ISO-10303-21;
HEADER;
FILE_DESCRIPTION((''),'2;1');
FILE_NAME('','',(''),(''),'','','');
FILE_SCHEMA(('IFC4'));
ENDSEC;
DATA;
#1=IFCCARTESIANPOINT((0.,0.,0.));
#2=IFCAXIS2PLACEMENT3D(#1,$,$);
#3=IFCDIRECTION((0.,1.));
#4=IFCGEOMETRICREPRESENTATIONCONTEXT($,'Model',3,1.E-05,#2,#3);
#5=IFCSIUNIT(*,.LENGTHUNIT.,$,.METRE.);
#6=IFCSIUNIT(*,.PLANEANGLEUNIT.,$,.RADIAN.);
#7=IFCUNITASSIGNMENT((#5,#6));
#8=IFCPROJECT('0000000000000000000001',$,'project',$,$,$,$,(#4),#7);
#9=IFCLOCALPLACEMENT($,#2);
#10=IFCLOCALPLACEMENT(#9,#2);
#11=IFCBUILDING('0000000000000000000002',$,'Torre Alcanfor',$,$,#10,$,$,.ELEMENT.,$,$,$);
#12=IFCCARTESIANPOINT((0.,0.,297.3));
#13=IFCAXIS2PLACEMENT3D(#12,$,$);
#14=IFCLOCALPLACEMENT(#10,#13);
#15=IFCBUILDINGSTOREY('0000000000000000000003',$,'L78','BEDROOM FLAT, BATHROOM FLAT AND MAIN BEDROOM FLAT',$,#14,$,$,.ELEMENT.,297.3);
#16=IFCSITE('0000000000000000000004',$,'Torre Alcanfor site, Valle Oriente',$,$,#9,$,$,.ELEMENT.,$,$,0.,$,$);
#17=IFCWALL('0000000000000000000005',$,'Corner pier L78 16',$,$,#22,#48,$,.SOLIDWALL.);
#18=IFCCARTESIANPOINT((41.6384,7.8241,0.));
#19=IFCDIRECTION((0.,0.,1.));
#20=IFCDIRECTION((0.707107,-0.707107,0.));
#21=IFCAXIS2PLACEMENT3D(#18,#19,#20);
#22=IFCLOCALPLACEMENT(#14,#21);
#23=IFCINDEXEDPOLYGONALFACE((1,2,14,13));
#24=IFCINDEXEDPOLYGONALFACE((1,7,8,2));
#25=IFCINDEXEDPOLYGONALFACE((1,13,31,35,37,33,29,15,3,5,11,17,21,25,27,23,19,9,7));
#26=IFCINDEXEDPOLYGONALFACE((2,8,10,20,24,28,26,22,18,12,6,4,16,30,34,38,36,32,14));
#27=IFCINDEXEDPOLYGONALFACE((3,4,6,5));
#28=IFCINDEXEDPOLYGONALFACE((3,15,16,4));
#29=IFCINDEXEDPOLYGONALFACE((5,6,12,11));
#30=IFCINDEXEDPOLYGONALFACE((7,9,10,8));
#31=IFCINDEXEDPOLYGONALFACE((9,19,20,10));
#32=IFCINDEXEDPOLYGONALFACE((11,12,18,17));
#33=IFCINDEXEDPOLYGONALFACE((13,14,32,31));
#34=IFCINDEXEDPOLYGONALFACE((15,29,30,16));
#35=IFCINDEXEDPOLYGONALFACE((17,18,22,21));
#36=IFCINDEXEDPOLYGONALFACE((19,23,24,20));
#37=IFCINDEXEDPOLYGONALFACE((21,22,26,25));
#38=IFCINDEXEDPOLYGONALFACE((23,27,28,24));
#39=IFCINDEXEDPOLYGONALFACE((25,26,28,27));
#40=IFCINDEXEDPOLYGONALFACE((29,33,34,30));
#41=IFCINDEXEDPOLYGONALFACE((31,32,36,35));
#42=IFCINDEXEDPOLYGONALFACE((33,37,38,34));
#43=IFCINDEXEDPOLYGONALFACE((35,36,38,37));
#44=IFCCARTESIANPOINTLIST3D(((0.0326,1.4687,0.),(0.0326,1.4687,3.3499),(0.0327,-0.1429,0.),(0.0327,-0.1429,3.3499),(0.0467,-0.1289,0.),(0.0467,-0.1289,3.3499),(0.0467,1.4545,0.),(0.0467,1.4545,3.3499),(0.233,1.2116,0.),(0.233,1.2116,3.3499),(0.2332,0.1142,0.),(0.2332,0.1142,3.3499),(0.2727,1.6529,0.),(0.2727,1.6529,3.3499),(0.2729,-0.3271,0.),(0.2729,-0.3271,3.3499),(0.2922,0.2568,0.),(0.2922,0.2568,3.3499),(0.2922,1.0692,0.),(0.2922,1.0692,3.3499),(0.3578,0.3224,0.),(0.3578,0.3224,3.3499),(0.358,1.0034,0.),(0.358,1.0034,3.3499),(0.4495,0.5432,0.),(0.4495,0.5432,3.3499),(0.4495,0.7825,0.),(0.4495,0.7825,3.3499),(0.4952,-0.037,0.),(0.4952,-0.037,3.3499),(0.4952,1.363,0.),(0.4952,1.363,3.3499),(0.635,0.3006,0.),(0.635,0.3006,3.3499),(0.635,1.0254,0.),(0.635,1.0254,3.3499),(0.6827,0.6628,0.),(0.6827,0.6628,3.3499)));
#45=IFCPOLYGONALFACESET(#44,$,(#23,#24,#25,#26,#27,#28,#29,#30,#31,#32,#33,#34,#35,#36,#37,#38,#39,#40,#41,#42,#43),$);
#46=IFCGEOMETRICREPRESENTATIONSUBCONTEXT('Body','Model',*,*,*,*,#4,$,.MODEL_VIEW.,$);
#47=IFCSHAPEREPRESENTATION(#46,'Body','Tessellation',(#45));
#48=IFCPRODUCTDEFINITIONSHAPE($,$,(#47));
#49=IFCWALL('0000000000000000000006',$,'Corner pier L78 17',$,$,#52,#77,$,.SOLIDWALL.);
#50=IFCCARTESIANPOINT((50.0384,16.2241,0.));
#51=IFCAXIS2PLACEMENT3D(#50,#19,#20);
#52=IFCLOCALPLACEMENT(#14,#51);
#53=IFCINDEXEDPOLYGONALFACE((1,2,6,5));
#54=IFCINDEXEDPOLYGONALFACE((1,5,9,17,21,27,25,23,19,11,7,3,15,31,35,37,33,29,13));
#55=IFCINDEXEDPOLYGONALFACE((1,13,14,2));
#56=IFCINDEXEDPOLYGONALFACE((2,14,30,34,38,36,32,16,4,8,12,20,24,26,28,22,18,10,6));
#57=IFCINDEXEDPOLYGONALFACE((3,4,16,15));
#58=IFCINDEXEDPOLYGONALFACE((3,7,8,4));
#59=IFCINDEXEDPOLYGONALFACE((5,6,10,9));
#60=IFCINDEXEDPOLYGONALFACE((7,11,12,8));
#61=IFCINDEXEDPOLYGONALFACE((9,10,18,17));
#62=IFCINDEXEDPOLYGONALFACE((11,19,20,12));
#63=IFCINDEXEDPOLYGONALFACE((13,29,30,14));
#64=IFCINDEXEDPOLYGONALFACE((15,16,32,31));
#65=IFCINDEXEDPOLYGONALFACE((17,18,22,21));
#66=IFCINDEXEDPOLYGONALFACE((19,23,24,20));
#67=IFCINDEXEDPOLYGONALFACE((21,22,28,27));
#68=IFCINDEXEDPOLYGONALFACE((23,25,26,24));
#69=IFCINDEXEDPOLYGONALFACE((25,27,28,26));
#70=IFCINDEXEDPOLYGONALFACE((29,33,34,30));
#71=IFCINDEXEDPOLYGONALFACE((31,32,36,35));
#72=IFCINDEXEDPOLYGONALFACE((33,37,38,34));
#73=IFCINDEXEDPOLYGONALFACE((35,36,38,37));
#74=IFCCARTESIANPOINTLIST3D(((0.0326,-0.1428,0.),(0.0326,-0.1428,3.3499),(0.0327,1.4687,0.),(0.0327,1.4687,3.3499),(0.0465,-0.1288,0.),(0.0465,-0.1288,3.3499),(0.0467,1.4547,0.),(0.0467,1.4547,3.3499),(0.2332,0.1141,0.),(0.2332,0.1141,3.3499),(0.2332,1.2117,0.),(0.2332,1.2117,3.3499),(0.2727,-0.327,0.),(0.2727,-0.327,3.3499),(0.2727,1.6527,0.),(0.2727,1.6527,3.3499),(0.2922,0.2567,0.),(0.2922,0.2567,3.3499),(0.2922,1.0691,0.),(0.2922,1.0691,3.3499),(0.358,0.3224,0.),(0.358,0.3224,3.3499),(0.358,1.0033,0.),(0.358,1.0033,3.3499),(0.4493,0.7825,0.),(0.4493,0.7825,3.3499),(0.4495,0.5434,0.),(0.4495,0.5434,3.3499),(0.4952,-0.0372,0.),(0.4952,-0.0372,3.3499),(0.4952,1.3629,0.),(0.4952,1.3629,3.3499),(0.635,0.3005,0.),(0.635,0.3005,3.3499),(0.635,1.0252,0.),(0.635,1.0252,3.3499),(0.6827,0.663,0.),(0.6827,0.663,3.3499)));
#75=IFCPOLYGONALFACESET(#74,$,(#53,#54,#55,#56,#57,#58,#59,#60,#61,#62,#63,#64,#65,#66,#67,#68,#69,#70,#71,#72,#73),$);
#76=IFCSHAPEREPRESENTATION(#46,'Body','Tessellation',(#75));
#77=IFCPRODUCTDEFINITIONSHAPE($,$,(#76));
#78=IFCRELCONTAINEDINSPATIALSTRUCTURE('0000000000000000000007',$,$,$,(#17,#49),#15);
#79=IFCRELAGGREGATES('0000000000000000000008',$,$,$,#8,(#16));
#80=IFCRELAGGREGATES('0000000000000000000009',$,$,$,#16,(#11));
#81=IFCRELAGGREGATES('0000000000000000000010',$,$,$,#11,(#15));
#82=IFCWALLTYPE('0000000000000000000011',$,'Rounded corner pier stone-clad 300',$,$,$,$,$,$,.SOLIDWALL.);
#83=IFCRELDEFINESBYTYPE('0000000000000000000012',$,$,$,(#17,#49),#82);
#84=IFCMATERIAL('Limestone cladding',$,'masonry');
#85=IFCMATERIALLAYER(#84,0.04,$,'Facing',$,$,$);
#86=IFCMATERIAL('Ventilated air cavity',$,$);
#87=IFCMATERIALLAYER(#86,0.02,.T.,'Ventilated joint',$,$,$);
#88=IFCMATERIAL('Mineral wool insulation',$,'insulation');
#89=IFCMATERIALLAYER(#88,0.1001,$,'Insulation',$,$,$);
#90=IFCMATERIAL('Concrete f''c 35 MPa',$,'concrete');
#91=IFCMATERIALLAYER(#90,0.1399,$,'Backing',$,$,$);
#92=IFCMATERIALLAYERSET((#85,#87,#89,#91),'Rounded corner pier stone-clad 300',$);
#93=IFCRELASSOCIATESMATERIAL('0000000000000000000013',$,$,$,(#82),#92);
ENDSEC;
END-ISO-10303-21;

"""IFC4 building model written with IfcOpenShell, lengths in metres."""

from ifc_helpers import new_model, si_unit, direction, frame, origin, place, context, subcontext, project, spatial, polyline, outline, extrude, material, layer, layer_set, type_object, element, save


model = new_model("IFC4")

# Units and contexts
model_context = context("Model", 3, precision=1e-05, world=origin(), true_north=direction((0.0, 1.0)))
body_context = subcontext(model_context, "Body", "Model", "MODEL_VIEW")
ifc_project = project(units=[si_unit("LENGTHUNIT", "METRE"), si_unit("PLANEANGLEUNIT", "RADIAN")], contexts=[model_context])

# Site, building, storey
site_placement = place(None, origin())
site = spatial("IfcSite", under=ifc_project, at=site_placement, Name="Torre Alcanfor site, Valle Oriente", CompositionType="ELEMENT", RefElevation=0.0)
building_placement = place(site_placement, origin())
building = spatial("IfcBuilding", under=site, at=building_placement, Name="Torre Alcanfor", CompositionType="ELEMENT")
storey_placement = place(building_placement, frame((0.0, 0.0, 297.3)))
storey = spatial("IfcBuildingStorey", under=building, at=storey_placement, Name="L78", Description="BEDROOM FLAT, BATHROOM FLAT AND MAIN BEDROOM FLAT", CompositionType="ELEMENT", Elevation=297.3)

# Shared definitions
ifc_material_1 = material(Name="Limestone cladding", Category="masonry")
ifc_material_2 = material(Name="Ventilated air cavity")
ifc_material_3 = material(Name="Mineral wool insulation", Category="insulation")
ifc_material_4 = material(Name="Concrete f'c 35 MPa", Category="concrete")

# Walls
ifc_layer_1 = layer(ifc_material_1, 0.04, Name="Facing")
ifc_layer_2 = layer(ifc_material_2, 0.02, ventilated=True, Name="Ventilated joint")
ifc_layer_3 = layer(ifc_material_3, 0.1001, Name="Insulation")
ifc_layer_4 = layer(ifc_material_4, 0.1399, Name="Backing")
ifc_layer_set_1 = layer_set([ifc_layer_1, ifc_layer_2, ifc_layer_3, ifc_layer_4], Name="Rounded corner pier stone-clad 300")
wall_type_1 = type_object("IfcWallType", Name="Rounded corner pier stone-clad 300", PredefinedType="SOLIDWALL", material=ifc_layer_set_1)
wall_1_placement = place(storey_placement, frame((41.6384, 7.8241, 0.0), z_axis=(0.0, 0.0, 1.0), x_axis=(0.707107, -0.707107, 0.0)))
element("IfcWall", 1, at=wall_1_placement, inside=storey, type_object=wall_type_1, Name="Corner pier L78 16", PredefinedType="SOLIDWALL", context=body_context, shape_type="SweptSolid", body=[
    extrude(outline(polyline([(0.0326, 1.4687), (0.0467, 1.4545), (0.233, 1.2116), (0.2922, 1.0692), (0.358, 1.0034), (0.4495, 0.7825), (0.4495, 0.5432), (0.3578, 0.3224), (0.2922, 0.2568), (0.2332, 0.1142), (0.0467, -0.1289), (0.0327, -0.1429), (0.2729, -0.3271), (0.4952, -0.037), (0.635, 0.3006), (0.6827, 0.6628), (0.635, 1.0254), (0.4952, 1.363), (0.2727, 1.6529), (0.0326, 1.4687)])), origin(), (0.0, 0.0, 1.0), 3.3499),
])
wall_2_placement = place(storey_placement, frame((50.0384, 16.2241, 0.0), z_axis=(0.0, 0.0, 1.0), x_axis=(0.707107, -0.707107, 0.0)))
element("IfcWall", 2, at=wall_2_placement, inside=storey, type_object=wall_type_1, Name="Corner pier L78 17", PredefinedType="SOLIDWALL", context=body_context, shape_type="SweptSolid", body=[
    extrude(outline(polyline([(0.0467, 1.4547), (0.2332, 1.2117), (0.2922, 1.0691), (0.358, 1.0033), (0.4493, 0.7825), (0.4495, 0.5434), (0.358, 0.3224), (0.2922, 0.2567), (0.2332, 0.1141), (0.0465, -0.1288), (0.0326, -0.1428), (0.2727, -0.327), (0.4952, -0.0372), (0.635, 0.3005), (0.6827, 0.663), (0.635, 1.0252), (0.4952, 1.3629), (0.2727, 1.6527), (0.0327, 1.4687), (0.0467, 1.4547)])), origin(), (0.0, 0.0, 1.0), 3.3499),
])

save(model, "model.ifc")
